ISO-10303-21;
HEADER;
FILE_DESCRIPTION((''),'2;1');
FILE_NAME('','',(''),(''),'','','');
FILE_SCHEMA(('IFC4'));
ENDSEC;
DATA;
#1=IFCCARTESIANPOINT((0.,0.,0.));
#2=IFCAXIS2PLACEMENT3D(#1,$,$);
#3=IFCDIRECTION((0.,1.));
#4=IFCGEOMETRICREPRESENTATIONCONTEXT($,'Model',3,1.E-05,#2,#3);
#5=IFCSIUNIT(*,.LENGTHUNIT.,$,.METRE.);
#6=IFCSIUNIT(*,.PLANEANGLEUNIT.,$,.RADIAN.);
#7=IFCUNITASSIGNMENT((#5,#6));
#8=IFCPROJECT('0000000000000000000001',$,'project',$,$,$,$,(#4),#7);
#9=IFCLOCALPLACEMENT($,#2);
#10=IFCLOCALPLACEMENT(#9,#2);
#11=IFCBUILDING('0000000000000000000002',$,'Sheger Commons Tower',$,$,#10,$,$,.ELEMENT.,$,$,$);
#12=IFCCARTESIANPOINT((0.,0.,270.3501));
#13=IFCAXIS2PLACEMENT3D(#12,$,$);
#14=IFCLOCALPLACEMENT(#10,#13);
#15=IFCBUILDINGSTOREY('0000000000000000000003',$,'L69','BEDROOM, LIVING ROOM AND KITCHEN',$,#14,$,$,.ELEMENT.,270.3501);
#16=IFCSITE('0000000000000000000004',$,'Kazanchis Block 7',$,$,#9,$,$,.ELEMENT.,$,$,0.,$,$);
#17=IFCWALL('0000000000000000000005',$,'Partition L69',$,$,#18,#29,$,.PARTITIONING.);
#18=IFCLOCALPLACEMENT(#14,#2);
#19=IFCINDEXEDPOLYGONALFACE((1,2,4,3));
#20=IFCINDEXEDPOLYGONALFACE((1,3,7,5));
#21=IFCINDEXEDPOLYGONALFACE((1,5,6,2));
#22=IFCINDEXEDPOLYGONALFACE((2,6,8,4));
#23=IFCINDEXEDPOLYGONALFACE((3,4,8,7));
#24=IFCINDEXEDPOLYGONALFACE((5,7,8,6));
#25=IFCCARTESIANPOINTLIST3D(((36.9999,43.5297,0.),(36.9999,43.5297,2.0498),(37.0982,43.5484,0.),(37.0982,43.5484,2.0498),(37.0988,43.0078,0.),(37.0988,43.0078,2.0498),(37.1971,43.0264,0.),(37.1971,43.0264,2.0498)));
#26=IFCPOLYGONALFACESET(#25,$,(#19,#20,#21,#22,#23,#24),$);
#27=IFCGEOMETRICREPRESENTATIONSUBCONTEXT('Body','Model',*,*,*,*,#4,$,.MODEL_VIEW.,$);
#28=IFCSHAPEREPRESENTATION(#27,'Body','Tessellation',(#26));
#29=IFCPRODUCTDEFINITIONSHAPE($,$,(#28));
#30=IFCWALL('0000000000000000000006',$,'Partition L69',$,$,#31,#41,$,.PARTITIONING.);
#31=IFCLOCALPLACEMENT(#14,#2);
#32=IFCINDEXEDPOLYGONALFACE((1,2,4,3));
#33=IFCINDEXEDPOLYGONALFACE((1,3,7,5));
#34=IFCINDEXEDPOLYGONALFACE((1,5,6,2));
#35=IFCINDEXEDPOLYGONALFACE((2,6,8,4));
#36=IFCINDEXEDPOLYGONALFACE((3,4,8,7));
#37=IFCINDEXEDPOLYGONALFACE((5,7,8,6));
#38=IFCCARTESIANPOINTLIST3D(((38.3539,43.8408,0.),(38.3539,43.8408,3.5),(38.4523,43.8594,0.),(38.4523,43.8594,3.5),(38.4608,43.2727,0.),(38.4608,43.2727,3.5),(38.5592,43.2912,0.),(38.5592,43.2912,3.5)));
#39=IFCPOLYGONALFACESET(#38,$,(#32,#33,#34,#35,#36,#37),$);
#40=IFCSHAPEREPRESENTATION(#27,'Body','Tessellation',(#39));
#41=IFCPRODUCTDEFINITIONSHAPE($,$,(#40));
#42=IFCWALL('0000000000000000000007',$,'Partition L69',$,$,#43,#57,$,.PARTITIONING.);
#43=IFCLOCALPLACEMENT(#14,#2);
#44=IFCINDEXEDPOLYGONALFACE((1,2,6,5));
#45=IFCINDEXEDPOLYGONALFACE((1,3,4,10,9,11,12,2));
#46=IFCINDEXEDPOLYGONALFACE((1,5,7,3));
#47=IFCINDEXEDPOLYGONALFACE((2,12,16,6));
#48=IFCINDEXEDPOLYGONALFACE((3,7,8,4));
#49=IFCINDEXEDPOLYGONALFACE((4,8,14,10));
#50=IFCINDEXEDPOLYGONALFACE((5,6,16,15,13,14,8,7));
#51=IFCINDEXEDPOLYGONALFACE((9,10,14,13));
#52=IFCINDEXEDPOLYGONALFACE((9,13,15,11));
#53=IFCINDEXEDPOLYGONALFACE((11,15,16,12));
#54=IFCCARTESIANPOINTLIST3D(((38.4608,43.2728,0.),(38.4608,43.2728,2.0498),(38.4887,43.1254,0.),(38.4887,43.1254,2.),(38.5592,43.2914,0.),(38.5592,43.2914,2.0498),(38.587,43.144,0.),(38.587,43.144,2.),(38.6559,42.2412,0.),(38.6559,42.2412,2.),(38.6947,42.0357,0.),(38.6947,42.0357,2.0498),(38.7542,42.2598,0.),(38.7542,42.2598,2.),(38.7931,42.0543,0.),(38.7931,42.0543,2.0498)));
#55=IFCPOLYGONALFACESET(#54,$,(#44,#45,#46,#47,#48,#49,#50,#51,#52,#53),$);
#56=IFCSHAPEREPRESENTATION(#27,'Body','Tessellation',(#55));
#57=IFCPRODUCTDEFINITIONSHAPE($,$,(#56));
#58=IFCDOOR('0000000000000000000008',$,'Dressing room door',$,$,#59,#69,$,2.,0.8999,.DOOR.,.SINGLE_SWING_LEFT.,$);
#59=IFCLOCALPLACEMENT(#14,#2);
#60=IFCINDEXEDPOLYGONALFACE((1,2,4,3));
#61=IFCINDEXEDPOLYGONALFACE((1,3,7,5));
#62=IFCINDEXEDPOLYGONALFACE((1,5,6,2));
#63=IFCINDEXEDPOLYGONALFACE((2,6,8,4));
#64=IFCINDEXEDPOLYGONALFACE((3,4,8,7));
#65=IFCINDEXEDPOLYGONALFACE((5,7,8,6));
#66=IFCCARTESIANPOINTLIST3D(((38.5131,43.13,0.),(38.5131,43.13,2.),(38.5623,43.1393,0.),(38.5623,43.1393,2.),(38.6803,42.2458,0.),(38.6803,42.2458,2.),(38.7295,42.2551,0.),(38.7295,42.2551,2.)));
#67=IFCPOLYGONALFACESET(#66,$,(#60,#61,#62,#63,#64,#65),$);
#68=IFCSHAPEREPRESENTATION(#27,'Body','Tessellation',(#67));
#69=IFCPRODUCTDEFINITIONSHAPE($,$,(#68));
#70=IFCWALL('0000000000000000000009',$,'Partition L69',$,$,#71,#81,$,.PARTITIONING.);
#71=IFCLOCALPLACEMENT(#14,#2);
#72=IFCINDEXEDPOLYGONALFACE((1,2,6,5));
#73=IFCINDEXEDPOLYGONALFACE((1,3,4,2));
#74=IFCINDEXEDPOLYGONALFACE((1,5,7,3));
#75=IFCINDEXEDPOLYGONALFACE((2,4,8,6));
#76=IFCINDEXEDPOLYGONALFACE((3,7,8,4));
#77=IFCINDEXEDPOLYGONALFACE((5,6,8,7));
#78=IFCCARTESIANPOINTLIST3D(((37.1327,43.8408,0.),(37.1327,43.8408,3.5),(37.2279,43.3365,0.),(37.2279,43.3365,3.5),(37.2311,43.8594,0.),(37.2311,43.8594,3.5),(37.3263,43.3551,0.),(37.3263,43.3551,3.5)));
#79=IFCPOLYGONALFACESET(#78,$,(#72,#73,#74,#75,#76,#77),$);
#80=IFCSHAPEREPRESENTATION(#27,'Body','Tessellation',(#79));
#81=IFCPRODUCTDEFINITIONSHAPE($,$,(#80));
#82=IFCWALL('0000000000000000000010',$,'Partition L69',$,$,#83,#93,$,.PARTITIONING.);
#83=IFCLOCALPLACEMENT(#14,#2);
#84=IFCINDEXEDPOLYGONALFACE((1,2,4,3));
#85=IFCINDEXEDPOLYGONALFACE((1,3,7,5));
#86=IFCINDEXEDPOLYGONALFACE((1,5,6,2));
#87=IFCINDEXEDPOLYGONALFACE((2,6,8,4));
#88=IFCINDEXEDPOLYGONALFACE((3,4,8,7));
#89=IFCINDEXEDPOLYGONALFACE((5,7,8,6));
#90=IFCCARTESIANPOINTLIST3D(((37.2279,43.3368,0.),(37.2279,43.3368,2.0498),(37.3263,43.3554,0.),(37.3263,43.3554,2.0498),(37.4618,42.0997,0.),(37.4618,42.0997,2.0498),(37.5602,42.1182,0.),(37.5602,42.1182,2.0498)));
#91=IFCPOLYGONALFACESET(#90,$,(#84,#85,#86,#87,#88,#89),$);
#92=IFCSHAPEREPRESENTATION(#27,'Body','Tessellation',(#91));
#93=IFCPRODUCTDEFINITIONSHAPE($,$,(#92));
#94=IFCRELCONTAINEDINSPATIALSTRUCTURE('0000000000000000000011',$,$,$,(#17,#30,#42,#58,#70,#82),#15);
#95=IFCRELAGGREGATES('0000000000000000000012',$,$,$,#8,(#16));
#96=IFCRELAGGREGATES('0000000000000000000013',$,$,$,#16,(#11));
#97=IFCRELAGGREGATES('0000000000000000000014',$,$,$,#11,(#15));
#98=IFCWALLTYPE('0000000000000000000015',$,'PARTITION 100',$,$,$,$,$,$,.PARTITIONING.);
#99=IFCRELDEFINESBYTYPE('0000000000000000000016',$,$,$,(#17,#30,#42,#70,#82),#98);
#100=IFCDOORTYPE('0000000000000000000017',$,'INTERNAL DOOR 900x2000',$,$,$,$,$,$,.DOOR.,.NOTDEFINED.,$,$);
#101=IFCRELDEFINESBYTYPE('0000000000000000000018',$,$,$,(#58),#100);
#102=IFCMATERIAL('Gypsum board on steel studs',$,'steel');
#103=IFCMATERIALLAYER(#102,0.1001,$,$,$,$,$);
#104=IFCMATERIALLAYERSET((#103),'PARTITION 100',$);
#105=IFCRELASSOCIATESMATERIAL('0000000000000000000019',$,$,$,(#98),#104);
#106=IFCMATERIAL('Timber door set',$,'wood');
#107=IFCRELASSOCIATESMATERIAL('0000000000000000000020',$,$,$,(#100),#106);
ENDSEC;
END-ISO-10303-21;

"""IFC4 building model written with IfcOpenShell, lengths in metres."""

from ifc_helpers import new_model, si_unit, direction, frame, frame_2d, origin, place, context, subcontext, project, spatial, rectangle, extrude, material, layer, layer_set, type_object, element, fill, save


model = new_model("IFC4")

# Units and contexts
model_context = context("Model", 3, precision=1e-05, world=origin(), true_north=direction((0.0, 1.0)))
body_context = subcontext(model_context, "Body", "Model", "MODEL_VIEW")
ifc_project = project(units=[si_unit("LENGTHUNIT", "METRE"), si_unit("PLANEANGLEUNIT", "RADIAN")], contexts=[model_context])

# Site, building, storey
site_placement = place(None, origin())
site = spatial("IfcSite", under=ifc_project, at=site_placement, Name="Kazanchis Block 7", CompositionType="ELEMENT", RefElevation=0.0)
building_placement = place(site_placement, origin())
building = spatial("IfcBuilding", under=site, at=building_placement, Name="Sheger Commons Tower", CompositionType="ELEMENT")
storey_placement = place(building_placement, frame((0.0, 0.0, 270.3501)))
storey = spatial("IfcBuildingStorey", under=building, at=storey_placement, Name="L69", Description="BEDROOM, LIVING ROOM AND KITCHEN", CompositionType="ELEMENT", Elevation=270.3501)

# Walls
ifc_material_1 = material(Name="Gypsum board on steel studs", Category="steel")
ifc_layer_1 = layer(ifc_material_1, 0.1001)
ifc_layer_set_1 = layer_set([ifc_layer_1], Name="PARTITION 100")
wall_type_1 = type_object("IfcWallType", Name="PARTITION 100", PredefinedType="PARTITIONING", material=ifc_layer_set_1)
wall_1_placement = place(storey_placement, frame((37.0491, 43.5391, 0.0), z_axis=(0.0, 0.0, 1.0), x_axis=(0.186119, -0.982527, 0.0)))
element("IfcWall", 1, at=wall_1_placement, inside=storey, type_object=wall_type_1, Name="Partition L69", PredefinedType="PARTITIONING", context=body_context, shape_type="SweptSolid", body=[
    extrude(rectangle(XDim=0.5312, YDim=0.1001, at=frame_2d((0.2656, 0.0))), origin(), (0.0, 0.0, 1.0), 2.0498),
])
wall_2_placement = place(storey_placement, frame((38.4031, 43.8501, 0.0), z_axis=(0.0, 0.0, 1.0), x_axis=(0.184977, -0.982743, 0.0)))
element("IfcWall", 2, at=wall_2_placement, inside=storey, type_object=wall_type_1, Name="Partition L69", PredefinedType="PARTITIONING", context=body_context, shape_type="SweptSolid", body=[
    extrude(rectangle(XDim=0.5781, YDim=0.1001, at=frame_2d((0.2891, 0.0))), origin(), (0.0, 0.0, 1.0), 3.5),
])

# Wall, opening, door
wall_3_placement = place(storey_placement, frame((38.51, 43.282, 0.0), z_axis=(0.0, 0.0, 1.0), x_axis=(0.185775, -0.982592, 0.0)))
wall_3 = element("IfcWall", 3, at=wall_3_placement, inside=storey, type_object=wall_type_1, Name="Partition L69", PredefinedType="PARTITIONING", context=body_context, shape_type="SweptSolid", body=[
    extrude(rectangle(XDim=1.259, YDim=0.1001, at=frame_2d((0.6294, 0.0))), origin(), (0.0, 0.0, 1.0), 2.0498),
])
opening_1_placement = place(wall_3_placement, frame((0.1499, 0.0, 0.0)))
opening_1 = element("IfcOpeningElement", 4, at=opening_1_placement, cuts=wall_3, PredefinedType="OPENING", context=body_context, shape_type="SweptSolid", body=[
    extrude(rectangle(XDim=0.8999, YDim=2.0, at=frame_2d((0.45, 1.0))), frame((0.0, 0.0601, 0.0), z_axis=(0.0, -1.0, 0.0), x_axis=(1.0, 0.0, 0.0)), (0.0, 0.0, 1.0), 0.1201),
])
ifc_material_2 = material(Name="Timber door set", Category="wood")
door_type_1 = type_object("IfcDoorType", Name="INTERNAL DOOR 900x2000", OperationType="NOTDEFINED", PredefinedType="DOOR", material=ifc_material_2)
door_1_placement = place(opening_1_placement, origin())
door_1 = element("IfcDoor", 5, at=door_1_placement, inside=storey, type_object=door_type_1, Name="Dressing room door", OperationType="SINGLE_SWING_LEFT", OverallHeight=2.0, OverallWidth=0.8999, PredefinedType="DOOR", context=body_context, shape_type="SweptSolid", body=[
    extrude(rectangle(XDim=0.8999, YDim=2.0, at=frame_2d((0.45, 1.0))), frame((0.0, 0.0249, 0.0), z_axis=(0.0, -1.0, 0.0), x_axis=(1.0, 0.0, 0.0)), (0.0, 0.0, 1.0), 0.05),
])
fill(opening_1, door_1)

# Walls
wall_4_placement = place(storey_placement, frame((37.1819, 43.8501, 0.0), z_axis=(0.0, 0.0, 1.0), x_axis=(0.185581, -0.982629, 0.0)))
element("IfcWall", 6, at=wall_4_placement, inside=storey, type_object=wall_type_1, Name="Partition L69", PredefinedType="PARTITIONING", context=body_context, shape_type="SweptSolid", body=[
    extrude(rectangle(XDim=0.5132, YDim=0.1001, at=frame_2d((0.2566, 0.0))), origin(), (0.0, 0.0, 1.0), 3.5),
])
wall_5_placement = place(storey_placement, frame((37.2771, 43.3459, 0.0), z_axis=(0.0, 0.0, 1.0), x_axis=(0.185775, -0.982592, 0.0)))
element("IfcWall", 7, at=wall_5_placement, inside=storey, type_object=wall_type_1, Name="Partition L69", PredefinedType="PARTITIONING", context=body_context, shape_type="SweptSolid", body=[
    extrude(rectangle(XDim=1.259, YDim=0.1001, at=frame_2d((0.6294, 0.0))), origin(), (0.0, 0.0, 1.0), 2.0498),
])

save(model, "model.ifc")
